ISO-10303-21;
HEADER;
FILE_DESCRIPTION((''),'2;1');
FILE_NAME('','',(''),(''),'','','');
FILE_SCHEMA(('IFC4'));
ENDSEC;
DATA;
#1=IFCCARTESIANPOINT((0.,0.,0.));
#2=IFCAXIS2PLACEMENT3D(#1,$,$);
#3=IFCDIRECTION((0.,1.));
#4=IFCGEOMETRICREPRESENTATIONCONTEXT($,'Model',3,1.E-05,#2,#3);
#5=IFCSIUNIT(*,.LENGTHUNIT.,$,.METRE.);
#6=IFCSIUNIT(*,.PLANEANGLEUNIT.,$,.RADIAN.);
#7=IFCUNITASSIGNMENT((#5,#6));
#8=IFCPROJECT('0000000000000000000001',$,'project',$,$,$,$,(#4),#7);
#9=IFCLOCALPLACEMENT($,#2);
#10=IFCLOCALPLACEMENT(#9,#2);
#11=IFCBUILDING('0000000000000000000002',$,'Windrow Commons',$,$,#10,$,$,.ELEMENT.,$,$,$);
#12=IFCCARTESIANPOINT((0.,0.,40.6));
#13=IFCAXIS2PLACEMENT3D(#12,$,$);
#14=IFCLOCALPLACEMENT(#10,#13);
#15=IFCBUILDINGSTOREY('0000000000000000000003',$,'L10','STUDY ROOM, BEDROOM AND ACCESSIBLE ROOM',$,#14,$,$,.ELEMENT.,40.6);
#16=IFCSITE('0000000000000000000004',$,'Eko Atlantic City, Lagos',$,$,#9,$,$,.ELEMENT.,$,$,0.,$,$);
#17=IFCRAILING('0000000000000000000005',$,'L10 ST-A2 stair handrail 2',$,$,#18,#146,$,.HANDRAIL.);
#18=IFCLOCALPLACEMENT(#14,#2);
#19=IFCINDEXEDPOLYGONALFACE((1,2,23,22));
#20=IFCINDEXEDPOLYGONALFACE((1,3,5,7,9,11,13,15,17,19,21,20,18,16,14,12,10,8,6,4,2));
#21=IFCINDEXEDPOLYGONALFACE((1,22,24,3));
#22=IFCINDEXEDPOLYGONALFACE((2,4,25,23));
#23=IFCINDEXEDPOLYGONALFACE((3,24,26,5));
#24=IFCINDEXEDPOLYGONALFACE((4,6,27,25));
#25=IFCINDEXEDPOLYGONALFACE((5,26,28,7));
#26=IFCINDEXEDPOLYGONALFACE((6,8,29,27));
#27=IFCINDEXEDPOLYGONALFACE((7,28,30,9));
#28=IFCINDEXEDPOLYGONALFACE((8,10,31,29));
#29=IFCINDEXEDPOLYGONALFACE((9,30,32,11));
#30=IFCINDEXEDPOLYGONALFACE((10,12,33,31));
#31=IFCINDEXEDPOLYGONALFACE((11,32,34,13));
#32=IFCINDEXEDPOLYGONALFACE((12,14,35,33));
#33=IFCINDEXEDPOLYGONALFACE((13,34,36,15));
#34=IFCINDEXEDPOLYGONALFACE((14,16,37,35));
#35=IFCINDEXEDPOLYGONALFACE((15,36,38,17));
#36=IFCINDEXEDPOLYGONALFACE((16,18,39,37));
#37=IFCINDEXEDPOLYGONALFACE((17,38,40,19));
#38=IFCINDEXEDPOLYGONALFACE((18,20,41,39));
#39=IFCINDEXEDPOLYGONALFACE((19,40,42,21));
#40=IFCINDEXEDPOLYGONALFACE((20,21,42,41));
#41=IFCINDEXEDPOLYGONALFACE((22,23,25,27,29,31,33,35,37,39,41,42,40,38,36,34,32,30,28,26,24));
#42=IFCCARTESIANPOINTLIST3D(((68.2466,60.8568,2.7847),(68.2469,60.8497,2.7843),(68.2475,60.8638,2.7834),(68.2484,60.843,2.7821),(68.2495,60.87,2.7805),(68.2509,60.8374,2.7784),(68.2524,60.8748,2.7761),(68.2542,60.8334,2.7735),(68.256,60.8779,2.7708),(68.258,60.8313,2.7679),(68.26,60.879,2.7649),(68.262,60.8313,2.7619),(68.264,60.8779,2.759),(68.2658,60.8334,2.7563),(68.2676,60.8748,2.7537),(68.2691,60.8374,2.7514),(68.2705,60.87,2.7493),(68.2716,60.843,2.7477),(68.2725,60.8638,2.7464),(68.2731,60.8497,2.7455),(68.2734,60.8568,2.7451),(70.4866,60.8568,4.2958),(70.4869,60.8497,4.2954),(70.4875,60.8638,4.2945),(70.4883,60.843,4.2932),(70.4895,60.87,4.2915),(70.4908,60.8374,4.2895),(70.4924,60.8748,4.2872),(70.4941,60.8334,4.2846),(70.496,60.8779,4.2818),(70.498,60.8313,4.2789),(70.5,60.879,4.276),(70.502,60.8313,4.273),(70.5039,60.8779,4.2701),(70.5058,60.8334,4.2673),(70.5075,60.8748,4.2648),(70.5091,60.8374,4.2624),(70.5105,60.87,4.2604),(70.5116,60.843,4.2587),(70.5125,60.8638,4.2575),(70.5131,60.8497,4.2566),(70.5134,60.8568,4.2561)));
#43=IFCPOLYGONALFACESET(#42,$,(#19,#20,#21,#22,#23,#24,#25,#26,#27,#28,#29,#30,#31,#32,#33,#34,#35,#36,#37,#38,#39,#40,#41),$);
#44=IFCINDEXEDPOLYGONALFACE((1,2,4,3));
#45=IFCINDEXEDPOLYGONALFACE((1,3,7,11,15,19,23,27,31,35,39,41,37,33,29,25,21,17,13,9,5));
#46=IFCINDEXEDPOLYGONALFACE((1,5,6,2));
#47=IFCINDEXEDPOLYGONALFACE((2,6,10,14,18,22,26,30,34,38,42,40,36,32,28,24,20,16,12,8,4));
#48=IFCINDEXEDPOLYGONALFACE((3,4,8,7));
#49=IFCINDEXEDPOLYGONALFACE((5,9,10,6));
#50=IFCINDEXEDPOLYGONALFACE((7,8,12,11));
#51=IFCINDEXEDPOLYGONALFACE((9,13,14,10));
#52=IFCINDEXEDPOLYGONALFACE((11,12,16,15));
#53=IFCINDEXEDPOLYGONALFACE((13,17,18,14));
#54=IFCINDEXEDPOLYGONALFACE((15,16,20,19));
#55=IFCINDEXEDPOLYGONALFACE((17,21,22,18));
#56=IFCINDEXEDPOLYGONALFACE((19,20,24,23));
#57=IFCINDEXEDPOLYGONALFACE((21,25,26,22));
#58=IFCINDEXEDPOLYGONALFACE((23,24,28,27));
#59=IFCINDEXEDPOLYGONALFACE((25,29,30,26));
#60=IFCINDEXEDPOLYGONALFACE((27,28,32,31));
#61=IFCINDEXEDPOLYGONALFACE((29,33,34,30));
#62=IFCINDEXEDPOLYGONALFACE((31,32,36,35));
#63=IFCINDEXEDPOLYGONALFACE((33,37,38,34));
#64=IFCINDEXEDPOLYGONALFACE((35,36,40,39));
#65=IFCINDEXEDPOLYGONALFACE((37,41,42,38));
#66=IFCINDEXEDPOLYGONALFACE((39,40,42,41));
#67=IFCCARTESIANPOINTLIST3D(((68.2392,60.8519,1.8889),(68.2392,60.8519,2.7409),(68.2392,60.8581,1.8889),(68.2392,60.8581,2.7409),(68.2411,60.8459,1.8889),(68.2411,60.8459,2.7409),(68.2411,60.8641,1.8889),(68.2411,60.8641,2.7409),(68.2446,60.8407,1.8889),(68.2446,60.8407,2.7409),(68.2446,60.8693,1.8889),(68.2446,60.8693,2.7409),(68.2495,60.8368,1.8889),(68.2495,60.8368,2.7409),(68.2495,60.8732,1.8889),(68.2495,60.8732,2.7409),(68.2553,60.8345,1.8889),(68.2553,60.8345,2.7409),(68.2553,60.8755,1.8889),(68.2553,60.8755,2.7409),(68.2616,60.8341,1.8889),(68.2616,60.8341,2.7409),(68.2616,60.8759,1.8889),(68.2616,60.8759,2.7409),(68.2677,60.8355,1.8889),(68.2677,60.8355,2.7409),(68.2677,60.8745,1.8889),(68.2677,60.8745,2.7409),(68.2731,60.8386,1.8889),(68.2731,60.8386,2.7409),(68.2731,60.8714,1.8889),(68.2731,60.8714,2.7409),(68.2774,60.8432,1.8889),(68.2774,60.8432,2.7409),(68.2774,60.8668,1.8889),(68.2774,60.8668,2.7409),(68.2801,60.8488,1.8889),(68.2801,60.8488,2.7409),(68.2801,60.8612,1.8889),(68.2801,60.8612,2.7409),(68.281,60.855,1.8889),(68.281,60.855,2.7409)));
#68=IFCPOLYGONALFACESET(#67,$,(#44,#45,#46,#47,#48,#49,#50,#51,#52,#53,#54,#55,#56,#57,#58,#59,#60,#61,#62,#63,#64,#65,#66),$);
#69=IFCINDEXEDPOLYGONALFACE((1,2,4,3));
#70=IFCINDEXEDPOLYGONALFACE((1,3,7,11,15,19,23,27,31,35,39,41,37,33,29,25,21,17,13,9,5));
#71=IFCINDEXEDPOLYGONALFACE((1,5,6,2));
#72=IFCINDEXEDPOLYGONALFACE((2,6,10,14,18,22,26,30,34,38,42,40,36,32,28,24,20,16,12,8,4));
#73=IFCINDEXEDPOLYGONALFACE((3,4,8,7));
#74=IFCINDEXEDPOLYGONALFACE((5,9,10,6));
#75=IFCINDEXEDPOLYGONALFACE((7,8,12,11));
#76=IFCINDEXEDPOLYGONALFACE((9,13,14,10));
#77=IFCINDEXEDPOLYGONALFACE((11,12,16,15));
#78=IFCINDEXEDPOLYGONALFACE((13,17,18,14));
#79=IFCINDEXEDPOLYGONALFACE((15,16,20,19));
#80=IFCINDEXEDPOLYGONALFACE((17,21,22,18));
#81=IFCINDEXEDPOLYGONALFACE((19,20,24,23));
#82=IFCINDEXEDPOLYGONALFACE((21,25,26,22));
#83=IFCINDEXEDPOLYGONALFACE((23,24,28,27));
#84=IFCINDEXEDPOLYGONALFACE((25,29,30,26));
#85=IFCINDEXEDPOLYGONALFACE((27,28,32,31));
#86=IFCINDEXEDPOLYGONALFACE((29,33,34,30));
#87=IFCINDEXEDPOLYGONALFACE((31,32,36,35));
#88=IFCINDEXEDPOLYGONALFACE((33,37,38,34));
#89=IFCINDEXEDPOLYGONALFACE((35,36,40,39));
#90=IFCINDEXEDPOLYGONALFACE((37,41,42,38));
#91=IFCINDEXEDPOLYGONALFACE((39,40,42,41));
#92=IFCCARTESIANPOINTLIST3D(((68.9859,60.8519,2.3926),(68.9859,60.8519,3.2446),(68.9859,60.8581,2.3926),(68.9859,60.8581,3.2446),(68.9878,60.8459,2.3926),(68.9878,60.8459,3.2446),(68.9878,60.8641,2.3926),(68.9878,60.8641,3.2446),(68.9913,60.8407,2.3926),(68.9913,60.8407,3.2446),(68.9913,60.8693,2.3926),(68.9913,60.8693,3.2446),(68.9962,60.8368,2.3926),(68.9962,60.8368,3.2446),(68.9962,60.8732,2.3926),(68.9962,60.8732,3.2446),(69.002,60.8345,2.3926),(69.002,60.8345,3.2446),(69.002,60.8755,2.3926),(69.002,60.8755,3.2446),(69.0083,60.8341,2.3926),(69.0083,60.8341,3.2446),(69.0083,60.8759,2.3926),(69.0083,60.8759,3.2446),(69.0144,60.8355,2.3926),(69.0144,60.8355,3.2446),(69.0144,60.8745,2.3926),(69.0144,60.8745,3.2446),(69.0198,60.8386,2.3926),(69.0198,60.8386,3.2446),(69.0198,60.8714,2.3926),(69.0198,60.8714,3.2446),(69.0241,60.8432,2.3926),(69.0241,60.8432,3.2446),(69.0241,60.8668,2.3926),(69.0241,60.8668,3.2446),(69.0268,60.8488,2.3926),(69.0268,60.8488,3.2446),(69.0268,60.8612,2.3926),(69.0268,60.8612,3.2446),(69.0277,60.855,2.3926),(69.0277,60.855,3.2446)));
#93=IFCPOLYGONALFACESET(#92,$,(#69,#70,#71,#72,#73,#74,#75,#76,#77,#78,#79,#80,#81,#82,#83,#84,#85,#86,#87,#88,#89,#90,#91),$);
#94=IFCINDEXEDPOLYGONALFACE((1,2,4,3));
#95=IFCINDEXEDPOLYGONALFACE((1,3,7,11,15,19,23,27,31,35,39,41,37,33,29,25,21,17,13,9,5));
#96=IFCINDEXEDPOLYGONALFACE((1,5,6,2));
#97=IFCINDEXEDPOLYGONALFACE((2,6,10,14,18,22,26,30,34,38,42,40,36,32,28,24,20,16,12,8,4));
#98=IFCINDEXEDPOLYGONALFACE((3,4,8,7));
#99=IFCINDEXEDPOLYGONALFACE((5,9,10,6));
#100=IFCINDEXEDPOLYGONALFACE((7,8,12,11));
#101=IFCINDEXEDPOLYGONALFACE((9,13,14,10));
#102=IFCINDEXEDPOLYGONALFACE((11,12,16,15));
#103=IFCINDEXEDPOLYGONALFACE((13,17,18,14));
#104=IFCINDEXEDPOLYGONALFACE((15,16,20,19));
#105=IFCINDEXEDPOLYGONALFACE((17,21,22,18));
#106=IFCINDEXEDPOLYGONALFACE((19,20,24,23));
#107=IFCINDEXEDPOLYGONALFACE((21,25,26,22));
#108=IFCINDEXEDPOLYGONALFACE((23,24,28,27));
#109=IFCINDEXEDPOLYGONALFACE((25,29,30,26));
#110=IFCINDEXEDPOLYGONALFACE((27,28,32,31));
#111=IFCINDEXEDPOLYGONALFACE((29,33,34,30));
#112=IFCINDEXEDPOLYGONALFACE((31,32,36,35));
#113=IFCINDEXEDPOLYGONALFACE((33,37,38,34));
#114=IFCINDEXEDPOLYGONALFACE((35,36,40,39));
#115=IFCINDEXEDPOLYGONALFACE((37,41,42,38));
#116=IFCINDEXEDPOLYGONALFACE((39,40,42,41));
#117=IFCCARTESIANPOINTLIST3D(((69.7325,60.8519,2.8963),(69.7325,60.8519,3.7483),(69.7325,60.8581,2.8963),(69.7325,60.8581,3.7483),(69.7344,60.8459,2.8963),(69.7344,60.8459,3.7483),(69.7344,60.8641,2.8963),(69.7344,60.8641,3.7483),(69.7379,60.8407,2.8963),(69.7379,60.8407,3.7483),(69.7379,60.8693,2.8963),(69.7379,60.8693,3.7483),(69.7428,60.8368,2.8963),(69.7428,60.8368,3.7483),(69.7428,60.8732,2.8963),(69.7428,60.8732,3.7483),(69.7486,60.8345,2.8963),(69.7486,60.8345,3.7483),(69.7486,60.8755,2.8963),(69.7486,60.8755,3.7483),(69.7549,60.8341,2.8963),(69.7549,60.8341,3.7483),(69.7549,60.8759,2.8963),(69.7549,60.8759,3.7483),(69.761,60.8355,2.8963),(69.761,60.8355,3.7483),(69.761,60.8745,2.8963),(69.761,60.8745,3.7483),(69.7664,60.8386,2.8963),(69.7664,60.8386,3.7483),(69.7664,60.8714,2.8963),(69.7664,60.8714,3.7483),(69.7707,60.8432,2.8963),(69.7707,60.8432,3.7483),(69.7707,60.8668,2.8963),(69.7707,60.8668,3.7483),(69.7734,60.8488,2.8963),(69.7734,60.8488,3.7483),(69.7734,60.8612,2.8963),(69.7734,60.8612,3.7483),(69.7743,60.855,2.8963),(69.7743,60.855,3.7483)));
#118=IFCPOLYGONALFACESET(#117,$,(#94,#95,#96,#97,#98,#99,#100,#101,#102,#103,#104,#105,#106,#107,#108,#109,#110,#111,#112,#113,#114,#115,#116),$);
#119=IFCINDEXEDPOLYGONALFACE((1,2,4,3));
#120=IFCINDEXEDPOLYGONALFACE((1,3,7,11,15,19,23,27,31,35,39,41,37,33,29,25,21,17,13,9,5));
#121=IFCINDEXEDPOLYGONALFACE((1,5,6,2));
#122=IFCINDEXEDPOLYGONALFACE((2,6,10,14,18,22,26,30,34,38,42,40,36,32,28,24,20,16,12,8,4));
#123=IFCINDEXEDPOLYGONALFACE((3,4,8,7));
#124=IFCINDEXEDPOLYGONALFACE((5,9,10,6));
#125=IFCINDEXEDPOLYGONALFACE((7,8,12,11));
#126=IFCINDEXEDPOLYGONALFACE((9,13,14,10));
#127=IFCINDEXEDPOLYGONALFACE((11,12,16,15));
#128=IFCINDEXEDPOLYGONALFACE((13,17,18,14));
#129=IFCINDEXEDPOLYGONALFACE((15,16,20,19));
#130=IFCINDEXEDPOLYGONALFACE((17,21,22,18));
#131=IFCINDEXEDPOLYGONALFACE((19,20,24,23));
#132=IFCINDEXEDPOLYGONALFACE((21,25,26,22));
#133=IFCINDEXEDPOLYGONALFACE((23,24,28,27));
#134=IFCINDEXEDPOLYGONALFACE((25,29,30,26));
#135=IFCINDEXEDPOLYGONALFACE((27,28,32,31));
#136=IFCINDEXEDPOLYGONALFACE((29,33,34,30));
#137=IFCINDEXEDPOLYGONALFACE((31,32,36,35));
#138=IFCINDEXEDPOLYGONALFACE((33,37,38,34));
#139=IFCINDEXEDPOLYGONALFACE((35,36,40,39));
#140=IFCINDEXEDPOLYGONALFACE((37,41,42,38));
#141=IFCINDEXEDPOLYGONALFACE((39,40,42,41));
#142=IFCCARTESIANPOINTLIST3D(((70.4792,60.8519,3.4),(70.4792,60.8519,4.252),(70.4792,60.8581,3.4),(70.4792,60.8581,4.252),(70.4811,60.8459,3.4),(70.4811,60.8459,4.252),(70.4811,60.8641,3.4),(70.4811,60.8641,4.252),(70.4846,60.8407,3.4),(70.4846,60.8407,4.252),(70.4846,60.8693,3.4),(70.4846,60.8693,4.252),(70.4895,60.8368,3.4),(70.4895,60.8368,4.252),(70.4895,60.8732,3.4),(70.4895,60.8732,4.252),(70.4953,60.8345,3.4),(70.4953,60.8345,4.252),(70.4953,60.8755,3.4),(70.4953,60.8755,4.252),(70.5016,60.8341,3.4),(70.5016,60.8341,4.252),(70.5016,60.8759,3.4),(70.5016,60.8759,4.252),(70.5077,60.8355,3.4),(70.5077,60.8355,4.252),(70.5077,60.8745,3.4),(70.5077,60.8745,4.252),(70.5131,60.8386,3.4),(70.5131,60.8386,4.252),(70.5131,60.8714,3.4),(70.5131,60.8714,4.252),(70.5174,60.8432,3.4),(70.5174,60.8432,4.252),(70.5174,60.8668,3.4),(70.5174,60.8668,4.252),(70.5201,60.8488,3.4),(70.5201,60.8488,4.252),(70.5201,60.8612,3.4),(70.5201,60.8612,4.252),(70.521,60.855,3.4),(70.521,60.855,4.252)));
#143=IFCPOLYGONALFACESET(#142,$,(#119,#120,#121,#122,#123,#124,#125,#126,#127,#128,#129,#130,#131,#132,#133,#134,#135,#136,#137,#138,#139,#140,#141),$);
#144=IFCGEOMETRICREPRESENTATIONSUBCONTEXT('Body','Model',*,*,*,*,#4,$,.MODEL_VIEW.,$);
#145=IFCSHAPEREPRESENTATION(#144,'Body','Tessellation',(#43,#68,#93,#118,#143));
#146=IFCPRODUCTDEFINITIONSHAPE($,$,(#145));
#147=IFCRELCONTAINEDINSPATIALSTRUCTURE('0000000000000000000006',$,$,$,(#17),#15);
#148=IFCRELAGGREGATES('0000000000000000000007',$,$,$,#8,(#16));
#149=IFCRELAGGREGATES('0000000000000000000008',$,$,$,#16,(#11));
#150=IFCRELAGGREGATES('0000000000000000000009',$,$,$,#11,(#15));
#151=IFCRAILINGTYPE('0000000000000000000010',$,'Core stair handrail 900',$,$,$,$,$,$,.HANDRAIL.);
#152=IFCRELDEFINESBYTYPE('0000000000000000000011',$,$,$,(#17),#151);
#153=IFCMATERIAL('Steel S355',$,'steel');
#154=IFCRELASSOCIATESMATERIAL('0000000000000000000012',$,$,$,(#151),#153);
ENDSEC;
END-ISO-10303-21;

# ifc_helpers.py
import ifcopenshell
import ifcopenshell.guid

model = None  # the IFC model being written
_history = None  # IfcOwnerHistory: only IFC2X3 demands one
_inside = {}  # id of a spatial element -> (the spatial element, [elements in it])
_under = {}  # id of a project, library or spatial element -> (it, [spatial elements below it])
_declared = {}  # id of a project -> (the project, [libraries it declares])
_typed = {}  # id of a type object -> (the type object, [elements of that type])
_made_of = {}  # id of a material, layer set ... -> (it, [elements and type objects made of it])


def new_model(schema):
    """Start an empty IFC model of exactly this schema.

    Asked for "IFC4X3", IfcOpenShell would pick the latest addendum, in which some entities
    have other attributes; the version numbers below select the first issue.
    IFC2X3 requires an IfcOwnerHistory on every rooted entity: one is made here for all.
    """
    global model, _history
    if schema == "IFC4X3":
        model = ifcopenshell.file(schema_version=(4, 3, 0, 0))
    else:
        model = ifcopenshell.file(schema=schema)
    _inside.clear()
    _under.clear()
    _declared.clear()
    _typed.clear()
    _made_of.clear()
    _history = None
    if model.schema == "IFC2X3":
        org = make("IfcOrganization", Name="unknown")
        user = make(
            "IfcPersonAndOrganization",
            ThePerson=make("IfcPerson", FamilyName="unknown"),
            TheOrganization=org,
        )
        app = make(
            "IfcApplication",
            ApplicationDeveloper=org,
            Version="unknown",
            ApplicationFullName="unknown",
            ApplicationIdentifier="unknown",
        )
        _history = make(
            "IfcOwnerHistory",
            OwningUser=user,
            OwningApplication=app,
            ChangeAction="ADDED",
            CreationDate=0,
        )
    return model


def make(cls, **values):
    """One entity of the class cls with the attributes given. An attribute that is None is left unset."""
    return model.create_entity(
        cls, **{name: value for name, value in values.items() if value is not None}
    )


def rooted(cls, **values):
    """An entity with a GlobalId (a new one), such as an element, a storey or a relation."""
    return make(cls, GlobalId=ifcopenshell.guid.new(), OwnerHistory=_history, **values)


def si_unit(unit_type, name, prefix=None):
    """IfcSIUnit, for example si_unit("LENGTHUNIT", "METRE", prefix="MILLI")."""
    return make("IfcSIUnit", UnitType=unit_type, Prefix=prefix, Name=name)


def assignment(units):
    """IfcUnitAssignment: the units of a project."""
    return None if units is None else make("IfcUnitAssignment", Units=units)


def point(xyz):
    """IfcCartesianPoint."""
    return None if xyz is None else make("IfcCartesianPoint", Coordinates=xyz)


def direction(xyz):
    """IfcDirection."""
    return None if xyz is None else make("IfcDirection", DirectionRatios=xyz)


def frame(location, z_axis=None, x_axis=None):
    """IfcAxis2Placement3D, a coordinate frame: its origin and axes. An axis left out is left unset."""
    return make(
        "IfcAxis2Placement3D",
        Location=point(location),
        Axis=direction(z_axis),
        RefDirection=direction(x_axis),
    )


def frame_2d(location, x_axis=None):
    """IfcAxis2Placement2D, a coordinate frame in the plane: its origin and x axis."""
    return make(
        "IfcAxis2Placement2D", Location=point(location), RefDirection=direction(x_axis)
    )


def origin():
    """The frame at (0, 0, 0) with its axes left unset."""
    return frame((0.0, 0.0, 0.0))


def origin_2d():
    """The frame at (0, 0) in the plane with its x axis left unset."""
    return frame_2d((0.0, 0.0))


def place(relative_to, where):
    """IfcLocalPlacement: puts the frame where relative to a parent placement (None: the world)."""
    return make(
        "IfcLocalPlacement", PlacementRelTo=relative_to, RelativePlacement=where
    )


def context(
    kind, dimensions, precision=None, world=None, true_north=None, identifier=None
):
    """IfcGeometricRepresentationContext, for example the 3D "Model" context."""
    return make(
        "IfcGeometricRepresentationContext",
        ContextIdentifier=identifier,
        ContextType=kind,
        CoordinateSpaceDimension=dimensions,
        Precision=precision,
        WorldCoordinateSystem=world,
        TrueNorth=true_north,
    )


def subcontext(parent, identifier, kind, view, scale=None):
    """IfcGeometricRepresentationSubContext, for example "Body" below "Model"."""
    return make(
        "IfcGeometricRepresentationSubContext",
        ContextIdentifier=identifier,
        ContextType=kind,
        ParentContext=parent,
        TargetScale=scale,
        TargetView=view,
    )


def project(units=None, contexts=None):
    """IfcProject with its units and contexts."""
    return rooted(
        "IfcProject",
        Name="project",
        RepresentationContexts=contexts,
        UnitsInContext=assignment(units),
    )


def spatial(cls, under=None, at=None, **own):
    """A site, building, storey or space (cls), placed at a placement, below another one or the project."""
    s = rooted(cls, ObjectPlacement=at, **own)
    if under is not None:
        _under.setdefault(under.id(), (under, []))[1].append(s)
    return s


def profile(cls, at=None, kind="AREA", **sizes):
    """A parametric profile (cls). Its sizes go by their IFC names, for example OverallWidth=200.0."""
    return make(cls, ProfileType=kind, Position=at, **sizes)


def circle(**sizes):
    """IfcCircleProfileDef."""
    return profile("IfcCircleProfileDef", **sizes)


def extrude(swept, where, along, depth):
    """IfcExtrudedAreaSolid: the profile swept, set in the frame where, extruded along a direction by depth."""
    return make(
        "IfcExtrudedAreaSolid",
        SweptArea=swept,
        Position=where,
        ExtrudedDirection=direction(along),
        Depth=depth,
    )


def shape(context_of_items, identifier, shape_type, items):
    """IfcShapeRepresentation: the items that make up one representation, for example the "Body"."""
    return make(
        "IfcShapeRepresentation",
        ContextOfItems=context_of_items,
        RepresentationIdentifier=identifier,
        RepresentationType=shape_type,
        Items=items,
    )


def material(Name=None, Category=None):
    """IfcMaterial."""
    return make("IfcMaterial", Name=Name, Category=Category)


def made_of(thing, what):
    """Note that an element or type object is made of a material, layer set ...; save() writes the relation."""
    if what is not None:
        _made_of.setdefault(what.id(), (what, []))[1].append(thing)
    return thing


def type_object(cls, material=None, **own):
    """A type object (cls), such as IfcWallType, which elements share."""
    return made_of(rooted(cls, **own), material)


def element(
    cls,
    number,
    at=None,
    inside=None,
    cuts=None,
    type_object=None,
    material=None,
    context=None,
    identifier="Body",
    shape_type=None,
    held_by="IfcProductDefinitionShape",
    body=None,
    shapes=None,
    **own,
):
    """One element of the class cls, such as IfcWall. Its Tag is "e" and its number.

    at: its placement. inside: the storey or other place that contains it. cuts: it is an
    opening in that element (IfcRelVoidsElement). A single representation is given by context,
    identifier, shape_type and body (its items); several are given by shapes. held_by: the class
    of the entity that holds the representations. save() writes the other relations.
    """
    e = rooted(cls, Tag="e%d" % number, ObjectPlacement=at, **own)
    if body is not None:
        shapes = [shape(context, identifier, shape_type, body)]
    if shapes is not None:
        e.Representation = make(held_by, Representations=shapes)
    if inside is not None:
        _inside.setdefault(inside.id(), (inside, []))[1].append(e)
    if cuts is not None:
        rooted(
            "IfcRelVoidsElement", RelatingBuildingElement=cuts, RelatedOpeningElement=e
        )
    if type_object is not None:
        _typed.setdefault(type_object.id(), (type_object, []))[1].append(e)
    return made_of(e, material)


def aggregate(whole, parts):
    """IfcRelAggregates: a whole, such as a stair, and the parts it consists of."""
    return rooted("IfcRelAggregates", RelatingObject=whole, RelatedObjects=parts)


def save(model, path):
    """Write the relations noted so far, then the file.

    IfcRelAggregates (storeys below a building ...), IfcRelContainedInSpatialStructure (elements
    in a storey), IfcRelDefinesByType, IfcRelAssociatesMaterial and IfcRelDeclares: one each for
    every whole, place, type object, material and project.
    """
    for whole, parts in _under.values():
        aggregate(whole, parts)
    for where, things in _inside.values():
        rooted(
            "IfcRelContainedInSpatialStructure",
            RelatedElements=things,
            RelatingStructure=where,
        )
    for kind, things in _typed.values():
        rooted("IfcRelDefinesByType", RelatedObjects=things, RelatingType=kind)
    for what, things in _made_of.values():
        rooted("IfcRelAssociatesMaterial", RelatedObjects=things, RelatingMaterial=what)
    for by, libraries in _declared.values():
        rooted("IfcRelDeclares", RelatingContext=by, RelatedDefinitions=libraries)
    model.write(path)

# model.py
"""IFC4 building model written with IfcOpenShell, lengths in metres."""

from ifc_helpers import new_model, si_unit, direction, frame, origin, origin_2d, place, context, subcontext, project, spatial, circle, extrude, material, type_object, element, save


model = new_model("IFC4")

# Units and contexts
model_context = context("Model", 3, precision=1e-05, world=origin(), true_north=direction((0.0, 1.0)))
body_context = subcontext(model_context, "Body", "Model", "MODEL_VIEW")
ifc_project = project(units=[si_unit("LENGTHUNIT", "METRE"), si_unit("PLANEANGLEUNIT", "RADIAN")], contexts=[model_context])

# Site, building, storey
site_placement = place(None, origin())
site = spatial("IfcSite", under=ifc_project, at=site_placement, Name="Eko Atlantic City, Lagos", CompositionType="ELEMENT", RefElevation=0.0)
building_placement = place(site_placement, origin())
building = spatial("IfcBuilding", under=site, at=building_placement, Name="Windrow Commons", CompositionType="ELEMENT")
storey_placement = place(building_placement, frame((0.0, 0.0, 40.6)))
storey = spatial("IfcBuildingStorey", under=building, at=storey_placement, Name="L10", Description="STUDY ROOM, BEDROOM AND ACCESSIBLE ROOM", CompositionType="ELEMENT", Elevation=40.6)

# Railing
ifc_material_1 = material(Name="Steel S355", Category="steel")
railing_type_1 = type_object("IfcRailingType", Name="Core stair handrail 900", PredefinedType="HANDRAIL", material=ifc_material_1)
railing_1_placement = place(storey_placement, frame((68.26, 60.855, 1.8889)))
element("IfcRailing", 1, at=railing_1_placement, inside=storey, type_object=railing_type_1, Name="L10 ST-A2 stair handrail 2", PredefinedType="HANDRAIL", context=body_context, shape_type="SweptSolid", body=[
    extrude(circle(Radius=0.024, at=origin_2d()), frame((0.0, 0.0, 0.876), z_axis=(0.829003, 0.0, 0.559244), x_axis=(0.0, 1.0, 0.0)), (0.0, 0.0, 1.0), 2.702),
    extrude(circle(Radius=0.021, at=origin_2d()), origin(), (0.0, 0.0, 1.0), 0.852),
    extrude(circle(Radius=0.021, at=origin_2d()), frame((0.7467, 0.0, 0.5037)), (0.0, 0.0, 1.0), 0.852),
    extrude(circle(Radius=0.021, at=origin_2d()), frame((1.4933, 0.0, 1.0074)), (0.0, 0.0, 1.0), 0.852),
    extrude(circle(Radius=0.021, at=origin_2d()), frame((2.24, 0.0, 1.5111)), (0.0, 0.0, 1.0), 0.852),
])

save(model, "model.ifc")
